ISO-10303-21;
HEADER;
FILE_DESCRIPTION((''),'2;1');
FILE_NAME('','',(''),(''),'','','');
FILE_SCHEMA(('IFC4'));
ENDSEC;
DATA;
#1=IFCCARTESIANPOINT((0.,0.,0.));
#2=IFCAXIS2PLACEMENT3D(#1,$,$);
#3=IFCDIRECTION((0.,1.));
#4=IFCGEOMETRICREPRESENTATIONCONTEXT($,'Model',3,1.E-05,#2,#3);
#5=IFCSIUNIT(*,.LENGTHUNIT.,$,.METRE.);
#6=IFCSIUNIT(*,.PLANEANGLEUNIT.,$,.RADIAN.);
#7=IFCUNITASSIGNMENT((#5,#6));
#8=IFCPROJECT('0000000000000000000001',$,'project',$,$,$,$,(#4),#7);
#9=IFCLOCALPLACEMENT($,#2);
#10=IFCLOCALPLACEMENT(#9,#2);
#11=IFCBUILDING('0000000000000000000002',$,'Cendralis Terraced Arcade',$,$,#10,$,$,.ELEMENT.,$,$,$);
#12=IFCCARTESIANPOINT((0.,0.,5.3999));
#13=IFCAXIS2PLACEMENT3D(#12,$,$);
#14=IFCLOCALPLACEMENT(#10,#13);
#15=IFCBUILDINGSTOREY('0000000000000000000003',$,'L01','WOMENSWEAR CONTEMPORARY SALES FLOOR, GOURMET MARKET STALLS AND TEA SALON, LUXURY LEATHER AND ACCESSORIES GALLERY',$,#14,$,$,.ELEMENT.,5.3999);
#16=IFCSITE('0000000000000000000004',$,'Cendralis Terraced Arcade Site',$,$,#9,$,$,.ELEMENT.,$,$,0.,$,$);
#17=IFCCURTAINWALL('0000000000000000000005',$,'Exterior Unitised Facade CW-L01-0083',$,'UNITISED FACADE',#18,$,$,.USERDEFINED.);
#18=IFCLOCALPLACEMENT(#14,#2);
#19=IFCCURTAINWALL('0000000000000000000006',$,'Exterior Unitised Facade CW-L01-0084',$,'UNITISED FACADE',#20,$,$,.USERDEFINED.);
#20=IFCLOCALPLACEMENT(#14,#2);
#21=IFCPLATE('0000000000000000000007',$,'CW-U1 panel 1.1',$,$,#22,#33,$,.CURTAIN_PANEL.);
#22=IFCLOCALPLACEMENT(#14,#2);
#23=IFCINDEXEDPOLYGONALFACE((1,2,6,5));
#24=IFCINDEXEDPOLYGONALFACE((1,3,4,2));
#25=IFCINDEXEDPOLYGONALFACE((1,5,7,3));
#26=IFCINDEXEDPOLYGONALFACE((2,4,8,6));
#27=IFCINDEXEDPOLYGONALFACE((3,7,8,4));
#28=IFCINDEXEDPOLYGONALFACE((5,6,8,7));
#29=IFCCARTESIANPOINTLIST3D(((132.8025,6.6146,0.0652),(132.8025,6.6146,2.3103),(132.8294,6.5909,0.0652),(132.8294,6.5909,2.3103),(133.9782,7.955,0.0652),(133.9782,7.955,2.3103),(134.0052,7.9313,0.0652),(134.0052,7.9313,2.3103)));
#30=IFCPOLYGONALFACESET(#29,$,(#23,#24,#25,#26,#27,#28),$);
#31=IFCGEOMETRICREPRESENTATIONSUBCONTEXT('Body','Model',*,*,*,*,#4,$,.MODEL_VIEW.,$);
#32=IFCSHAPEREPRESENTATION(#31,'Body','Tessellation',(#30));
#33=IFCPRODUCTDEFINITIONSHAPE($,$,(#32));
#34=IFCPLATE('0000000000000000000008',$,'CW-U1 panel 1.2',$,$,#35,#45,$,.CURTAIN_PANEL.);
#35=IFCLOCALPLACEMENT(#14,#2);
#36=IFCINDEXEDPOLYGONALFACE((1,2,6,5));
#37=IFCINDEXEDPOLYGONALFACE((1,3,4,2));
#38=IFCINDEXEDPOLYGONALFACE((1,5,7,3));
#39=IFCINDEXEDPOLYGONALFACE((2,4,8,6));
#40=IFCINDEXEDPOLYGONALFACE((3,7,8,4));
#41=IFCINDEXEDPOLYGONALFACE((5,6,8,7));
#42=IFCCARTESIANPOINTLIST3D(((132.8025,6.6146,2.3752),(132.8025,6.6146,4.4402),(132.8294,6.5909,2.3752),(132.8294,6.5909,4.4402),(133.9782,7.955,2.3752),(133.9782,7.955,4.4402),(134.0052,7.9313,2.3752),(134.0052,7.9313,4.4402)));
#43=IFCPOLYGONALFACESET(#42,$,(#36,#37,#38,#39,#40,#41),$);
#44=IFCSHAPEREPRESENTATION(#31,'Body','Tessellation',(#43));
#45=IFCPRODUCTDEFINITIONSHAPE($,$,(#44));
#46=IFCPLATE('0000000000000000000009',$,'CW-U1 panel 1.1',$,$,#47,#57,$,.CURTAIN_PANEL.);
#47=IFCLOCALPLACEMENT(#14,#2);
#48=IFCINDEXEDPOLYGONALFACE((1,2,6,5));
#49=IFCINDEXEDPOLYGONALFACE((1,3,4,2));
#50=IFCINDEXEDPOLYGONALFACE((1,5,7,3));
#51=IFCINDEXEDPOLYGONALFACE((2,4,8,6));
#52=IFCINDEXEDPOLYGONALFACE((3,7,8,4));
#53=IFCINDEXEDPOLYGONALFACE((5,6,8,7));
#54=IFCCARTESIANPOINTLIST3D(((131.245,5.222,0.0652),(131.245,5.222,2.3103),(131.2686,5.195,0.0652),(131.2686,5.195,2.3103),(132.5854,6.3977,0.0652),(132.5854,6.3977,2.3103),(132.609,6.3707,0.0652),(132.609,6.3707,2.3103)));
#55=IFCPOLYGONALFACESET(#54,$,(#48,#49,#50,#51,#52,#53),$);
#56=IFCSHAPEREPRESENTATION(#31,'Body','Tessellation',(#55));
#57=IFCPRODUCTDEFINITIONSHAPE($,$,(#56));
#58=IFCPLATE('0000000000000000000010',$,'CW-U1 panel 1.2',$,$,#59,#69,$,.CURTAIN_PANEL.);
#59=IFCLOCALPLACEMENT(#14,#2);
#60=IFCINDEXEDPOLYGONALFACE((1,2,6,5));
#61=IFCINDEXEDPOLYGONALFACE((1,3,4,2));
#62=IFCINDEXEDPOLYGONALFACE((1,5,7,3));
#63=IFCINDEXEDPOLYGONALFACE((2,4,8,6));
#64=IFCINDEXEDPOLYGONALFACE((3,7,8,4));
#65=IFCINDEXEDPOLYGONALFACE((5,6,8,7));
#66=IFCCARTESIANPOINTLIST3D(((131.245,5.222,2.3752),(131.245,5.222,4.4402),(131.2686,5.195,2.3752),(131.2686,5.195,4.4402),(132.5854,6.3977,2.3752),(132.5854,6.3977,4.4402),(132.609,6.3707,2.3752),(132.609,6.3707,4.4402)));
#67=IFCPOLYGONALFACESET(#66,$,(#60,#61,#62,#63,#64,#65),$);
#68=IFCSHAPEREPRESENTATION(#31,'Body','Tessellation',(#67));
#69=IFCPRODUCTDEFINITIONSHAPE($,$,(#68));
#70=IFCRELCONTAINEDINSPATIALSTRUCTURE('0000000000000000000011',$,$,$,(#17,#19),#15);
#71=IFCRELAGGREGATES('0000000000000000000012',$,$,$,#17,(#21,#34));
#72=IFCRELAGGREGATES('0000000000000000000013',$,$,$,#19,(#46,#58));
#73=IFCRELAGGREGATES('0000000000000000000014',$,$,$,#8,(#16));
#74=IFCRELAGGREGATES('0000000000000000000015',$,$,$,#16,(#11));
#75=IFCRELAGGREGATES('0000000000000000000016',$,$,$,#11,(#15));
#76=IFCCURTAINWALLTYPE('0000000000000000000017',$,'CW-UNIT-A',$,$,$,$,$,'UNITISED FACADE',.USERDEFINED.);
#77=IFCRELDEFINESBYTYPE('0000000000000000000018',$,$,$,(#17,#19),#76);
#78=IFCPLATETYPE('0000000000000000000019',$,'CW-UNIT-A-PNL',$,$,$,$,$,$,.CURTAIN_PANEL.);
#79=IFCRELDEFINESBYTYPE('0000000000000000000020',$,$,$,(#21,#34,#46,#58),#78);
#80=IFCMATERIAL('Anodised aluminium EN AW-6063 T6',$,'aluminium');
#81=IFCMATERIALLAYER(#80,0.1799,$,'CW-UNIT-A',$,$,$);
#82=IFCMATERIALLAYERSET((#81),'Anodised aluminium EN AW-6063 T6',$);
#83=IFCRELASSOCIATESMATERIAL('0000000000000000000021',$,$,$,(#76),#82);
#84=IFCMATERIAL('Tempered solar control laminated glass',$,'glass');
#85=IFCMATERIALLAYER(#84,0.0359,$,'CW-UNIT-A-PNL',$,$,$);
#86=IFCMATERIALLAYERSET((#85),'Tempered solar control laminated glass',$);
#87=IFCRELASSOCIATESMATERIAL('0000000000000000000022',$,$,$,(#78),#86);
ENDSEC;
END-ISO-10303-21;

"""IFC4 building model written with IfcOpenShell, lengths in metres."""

from ifc_helpers import new_model, si_unit, direction, frame, origin, origin_2d, place, context, subcontext, project, spatial, rectangle, extrude, material, layer, layer_set, type_object, element, aggregate, save


model = new_model("IFC4")

# Units and contexts
model_context = context("Model", 3, precision=1e-05, world=origin(), true_north=direction((0.0, 1.0)))
body_context = subcontext(model_context, "Body", "Model", "MODEL_VIEW")
ifc_project = project(units=[si_unit("LENGTHUNIT", "METRE"), si_unit("PLANEANGLEUNIT", "RADIAN")], contexts=[model_context])

# Site, building, storey
site_placement = place(None, origin())
site = spatial("IfcSite", under=ifc_project, at=site_placement, Name="Cendralis Terraced Arcade Site", CompositionType="ELEMENT", RefElevation=0.0)
building_placement = place(site_placement, origin())
building = spatial("IfcBuilding", under=site, at=building_placement, Name="Cendralis Terraced Arcade", CompositionType="ELEMENT")
storey_placement = place(building_placement, frame((0.0, 0.0, 5.3999)))
storey = spatial("IfcBuildingStorey", under=building, at=storey_placement, Name="L01", Description="WOMENSWEAR CONTEMPORARY SALES FLOOR, GOURMET MARKET STALLS AND TEA SALON, LUXURY LEATHER AND ACCESSORIES GALLERY", CompositionType="ELEMENT", Elevation=5.3999)

# Shared definitions
ifc_material_1 = material(Name="Anodised aluminium EN AW-6063 T6", Category="aluminium")
ifc_layer_1 = layer(ifc_material_1, 0.1799, Name="CW-UNIT-A")
ifc_layer_set_1 = layer_set([ifc_layer_1], Name="Anodised aluminium EN AW-6063 T6")
curtain_wall_type = type_object("IfcCurtainWallType", Name="CW-UNIT-A", ElementType="UNITISED FACADE", PredefinedType="USERDEFINED", material=ifc_layer_set_1)

# Curtain walls
curtain_wall_1_placement = place(storey_placement, origin())
curtain_wall_1 = element("IfcCurtainWall", 1, at=curtain_wall_1_placement, inside=storey, type_object=curtain_wall_type, Name="Exterior Unitised Facade CW-L01-0083", ObjectType="UNITISED FACADE", PredefinedType="USERDEFINED")
curtain_wall_2_placement = place(storey_placement, origin())
curtain_wall_2 = element("IfcCurtainWall", 2, at=curtain_wall_2_placement, inside=storey, type_object=curtain_wall_type, Name="Exterior Unitised Facade CW-L01-0084", ObjectType="UNITISED FACADE", PredefinedType="USERDEFINED")

# Plates
ifc_material_2 = material(Name="Tempered solar control laminated glass", Category="glass")
ifc_layer_2 = layer(ifc_material_2, 0.0359, Name="CW-UNIT-A-PNL")
ifc_layer_set_2 = layer_set([ifc_layer_2], Name="Tempered solar control laminated glass")
plate_type = type_object("IfcPlateType", Name="CW-UNIT-A-PNL", PredefinedType="CURTAIN_PANEL", material=ifc_layer_set_2)
plate_1_placement = place(storey_placement, frame((133.4038, 7.2729, 0.0652), z_axis=(0.0, 0.0, 1.0), x_axis=(-0.659411, -0.751783, 0.0)))
plate_1 = element("IfcPlate", 3, at=plate_1_placement, type_object=plate_type, Name="CW-U1 panel 1.1", PredefinedType="CURTAIN_PANEL", context=body_context, shape_type="SweptSolid", body=[
    extrude(rectangle(XDim=1.783, YDim=0.0359, at=origin_2d()), origin(), (0.0, 0.0, 1.0), 2.2451),
])
plate_2_placement = place(storey_placement, frame((133.4038, 7.2729, 2.3752), z_axis=(0.0, 0.0, 1.0), x_axis=(-0.659411, -0.751783, 0.0)))
plate_2 = element("IfcPlate", 4, at=plate_2_placement, type_object=plate_type, Name="CW-U1 panel 1.2", PredefinedType="CURTAIN_PANEL", context=body_context, shape_type="SweptSolid", body=[
    extrude(rectangle(XDim=1.783, YDim=0.0359, at=origin_2d()), origin(), (0.0, 0.0, 1.0), 2.0649),
])
aggregate(curtain_wall_1, [plate_1, plate_2])
plate_3_placement = place(storey_placement, frame((131.927, 5.7964, 0.0652), z_axis=(0.0, 0.0, 1.0), x_axis=(-0.751783, -0.659411, 0.0)))
plate_3 = element("IfcPlate", 5, at=plate_3_placement, type_object=plate_type, Name="CW-U1 panel 1.1", PredefinedType="CURTAIN_PANEL", context=body_context, shape_type="SweptSolid", body=[
    extrude(rectangle(XDim=1.783, YDim=0.0359, at=origin_2d()), origin(), (0.0, 0.0, 1.0), 2.2451),
])
plate_4_placement = place(storey_placement, frame((131.927, 5.7964, 2.3752), z_axis=(0.0, 0.0, 1.0), x_axis=(-0.751783, -0.659411, 0.0)))
plate_4 = element("IfcPlate", 6, at=plate_4_placement, type_object=plate_type, Name="CW-U1 panel 1.2", PredefinedType="CURTAIN_PANEL", context=body_context, shape_type="SweptSolid", body=[
    extrude(rectangle(XDim=1.783, YDim=0.0359, at=origin_2d()), origin(), (0.0, 0.0, 1.0), 2.0649),
])
aggregate(curtain_wall_2, [plate_3, plate_4])

save(model, "model.ifc")
